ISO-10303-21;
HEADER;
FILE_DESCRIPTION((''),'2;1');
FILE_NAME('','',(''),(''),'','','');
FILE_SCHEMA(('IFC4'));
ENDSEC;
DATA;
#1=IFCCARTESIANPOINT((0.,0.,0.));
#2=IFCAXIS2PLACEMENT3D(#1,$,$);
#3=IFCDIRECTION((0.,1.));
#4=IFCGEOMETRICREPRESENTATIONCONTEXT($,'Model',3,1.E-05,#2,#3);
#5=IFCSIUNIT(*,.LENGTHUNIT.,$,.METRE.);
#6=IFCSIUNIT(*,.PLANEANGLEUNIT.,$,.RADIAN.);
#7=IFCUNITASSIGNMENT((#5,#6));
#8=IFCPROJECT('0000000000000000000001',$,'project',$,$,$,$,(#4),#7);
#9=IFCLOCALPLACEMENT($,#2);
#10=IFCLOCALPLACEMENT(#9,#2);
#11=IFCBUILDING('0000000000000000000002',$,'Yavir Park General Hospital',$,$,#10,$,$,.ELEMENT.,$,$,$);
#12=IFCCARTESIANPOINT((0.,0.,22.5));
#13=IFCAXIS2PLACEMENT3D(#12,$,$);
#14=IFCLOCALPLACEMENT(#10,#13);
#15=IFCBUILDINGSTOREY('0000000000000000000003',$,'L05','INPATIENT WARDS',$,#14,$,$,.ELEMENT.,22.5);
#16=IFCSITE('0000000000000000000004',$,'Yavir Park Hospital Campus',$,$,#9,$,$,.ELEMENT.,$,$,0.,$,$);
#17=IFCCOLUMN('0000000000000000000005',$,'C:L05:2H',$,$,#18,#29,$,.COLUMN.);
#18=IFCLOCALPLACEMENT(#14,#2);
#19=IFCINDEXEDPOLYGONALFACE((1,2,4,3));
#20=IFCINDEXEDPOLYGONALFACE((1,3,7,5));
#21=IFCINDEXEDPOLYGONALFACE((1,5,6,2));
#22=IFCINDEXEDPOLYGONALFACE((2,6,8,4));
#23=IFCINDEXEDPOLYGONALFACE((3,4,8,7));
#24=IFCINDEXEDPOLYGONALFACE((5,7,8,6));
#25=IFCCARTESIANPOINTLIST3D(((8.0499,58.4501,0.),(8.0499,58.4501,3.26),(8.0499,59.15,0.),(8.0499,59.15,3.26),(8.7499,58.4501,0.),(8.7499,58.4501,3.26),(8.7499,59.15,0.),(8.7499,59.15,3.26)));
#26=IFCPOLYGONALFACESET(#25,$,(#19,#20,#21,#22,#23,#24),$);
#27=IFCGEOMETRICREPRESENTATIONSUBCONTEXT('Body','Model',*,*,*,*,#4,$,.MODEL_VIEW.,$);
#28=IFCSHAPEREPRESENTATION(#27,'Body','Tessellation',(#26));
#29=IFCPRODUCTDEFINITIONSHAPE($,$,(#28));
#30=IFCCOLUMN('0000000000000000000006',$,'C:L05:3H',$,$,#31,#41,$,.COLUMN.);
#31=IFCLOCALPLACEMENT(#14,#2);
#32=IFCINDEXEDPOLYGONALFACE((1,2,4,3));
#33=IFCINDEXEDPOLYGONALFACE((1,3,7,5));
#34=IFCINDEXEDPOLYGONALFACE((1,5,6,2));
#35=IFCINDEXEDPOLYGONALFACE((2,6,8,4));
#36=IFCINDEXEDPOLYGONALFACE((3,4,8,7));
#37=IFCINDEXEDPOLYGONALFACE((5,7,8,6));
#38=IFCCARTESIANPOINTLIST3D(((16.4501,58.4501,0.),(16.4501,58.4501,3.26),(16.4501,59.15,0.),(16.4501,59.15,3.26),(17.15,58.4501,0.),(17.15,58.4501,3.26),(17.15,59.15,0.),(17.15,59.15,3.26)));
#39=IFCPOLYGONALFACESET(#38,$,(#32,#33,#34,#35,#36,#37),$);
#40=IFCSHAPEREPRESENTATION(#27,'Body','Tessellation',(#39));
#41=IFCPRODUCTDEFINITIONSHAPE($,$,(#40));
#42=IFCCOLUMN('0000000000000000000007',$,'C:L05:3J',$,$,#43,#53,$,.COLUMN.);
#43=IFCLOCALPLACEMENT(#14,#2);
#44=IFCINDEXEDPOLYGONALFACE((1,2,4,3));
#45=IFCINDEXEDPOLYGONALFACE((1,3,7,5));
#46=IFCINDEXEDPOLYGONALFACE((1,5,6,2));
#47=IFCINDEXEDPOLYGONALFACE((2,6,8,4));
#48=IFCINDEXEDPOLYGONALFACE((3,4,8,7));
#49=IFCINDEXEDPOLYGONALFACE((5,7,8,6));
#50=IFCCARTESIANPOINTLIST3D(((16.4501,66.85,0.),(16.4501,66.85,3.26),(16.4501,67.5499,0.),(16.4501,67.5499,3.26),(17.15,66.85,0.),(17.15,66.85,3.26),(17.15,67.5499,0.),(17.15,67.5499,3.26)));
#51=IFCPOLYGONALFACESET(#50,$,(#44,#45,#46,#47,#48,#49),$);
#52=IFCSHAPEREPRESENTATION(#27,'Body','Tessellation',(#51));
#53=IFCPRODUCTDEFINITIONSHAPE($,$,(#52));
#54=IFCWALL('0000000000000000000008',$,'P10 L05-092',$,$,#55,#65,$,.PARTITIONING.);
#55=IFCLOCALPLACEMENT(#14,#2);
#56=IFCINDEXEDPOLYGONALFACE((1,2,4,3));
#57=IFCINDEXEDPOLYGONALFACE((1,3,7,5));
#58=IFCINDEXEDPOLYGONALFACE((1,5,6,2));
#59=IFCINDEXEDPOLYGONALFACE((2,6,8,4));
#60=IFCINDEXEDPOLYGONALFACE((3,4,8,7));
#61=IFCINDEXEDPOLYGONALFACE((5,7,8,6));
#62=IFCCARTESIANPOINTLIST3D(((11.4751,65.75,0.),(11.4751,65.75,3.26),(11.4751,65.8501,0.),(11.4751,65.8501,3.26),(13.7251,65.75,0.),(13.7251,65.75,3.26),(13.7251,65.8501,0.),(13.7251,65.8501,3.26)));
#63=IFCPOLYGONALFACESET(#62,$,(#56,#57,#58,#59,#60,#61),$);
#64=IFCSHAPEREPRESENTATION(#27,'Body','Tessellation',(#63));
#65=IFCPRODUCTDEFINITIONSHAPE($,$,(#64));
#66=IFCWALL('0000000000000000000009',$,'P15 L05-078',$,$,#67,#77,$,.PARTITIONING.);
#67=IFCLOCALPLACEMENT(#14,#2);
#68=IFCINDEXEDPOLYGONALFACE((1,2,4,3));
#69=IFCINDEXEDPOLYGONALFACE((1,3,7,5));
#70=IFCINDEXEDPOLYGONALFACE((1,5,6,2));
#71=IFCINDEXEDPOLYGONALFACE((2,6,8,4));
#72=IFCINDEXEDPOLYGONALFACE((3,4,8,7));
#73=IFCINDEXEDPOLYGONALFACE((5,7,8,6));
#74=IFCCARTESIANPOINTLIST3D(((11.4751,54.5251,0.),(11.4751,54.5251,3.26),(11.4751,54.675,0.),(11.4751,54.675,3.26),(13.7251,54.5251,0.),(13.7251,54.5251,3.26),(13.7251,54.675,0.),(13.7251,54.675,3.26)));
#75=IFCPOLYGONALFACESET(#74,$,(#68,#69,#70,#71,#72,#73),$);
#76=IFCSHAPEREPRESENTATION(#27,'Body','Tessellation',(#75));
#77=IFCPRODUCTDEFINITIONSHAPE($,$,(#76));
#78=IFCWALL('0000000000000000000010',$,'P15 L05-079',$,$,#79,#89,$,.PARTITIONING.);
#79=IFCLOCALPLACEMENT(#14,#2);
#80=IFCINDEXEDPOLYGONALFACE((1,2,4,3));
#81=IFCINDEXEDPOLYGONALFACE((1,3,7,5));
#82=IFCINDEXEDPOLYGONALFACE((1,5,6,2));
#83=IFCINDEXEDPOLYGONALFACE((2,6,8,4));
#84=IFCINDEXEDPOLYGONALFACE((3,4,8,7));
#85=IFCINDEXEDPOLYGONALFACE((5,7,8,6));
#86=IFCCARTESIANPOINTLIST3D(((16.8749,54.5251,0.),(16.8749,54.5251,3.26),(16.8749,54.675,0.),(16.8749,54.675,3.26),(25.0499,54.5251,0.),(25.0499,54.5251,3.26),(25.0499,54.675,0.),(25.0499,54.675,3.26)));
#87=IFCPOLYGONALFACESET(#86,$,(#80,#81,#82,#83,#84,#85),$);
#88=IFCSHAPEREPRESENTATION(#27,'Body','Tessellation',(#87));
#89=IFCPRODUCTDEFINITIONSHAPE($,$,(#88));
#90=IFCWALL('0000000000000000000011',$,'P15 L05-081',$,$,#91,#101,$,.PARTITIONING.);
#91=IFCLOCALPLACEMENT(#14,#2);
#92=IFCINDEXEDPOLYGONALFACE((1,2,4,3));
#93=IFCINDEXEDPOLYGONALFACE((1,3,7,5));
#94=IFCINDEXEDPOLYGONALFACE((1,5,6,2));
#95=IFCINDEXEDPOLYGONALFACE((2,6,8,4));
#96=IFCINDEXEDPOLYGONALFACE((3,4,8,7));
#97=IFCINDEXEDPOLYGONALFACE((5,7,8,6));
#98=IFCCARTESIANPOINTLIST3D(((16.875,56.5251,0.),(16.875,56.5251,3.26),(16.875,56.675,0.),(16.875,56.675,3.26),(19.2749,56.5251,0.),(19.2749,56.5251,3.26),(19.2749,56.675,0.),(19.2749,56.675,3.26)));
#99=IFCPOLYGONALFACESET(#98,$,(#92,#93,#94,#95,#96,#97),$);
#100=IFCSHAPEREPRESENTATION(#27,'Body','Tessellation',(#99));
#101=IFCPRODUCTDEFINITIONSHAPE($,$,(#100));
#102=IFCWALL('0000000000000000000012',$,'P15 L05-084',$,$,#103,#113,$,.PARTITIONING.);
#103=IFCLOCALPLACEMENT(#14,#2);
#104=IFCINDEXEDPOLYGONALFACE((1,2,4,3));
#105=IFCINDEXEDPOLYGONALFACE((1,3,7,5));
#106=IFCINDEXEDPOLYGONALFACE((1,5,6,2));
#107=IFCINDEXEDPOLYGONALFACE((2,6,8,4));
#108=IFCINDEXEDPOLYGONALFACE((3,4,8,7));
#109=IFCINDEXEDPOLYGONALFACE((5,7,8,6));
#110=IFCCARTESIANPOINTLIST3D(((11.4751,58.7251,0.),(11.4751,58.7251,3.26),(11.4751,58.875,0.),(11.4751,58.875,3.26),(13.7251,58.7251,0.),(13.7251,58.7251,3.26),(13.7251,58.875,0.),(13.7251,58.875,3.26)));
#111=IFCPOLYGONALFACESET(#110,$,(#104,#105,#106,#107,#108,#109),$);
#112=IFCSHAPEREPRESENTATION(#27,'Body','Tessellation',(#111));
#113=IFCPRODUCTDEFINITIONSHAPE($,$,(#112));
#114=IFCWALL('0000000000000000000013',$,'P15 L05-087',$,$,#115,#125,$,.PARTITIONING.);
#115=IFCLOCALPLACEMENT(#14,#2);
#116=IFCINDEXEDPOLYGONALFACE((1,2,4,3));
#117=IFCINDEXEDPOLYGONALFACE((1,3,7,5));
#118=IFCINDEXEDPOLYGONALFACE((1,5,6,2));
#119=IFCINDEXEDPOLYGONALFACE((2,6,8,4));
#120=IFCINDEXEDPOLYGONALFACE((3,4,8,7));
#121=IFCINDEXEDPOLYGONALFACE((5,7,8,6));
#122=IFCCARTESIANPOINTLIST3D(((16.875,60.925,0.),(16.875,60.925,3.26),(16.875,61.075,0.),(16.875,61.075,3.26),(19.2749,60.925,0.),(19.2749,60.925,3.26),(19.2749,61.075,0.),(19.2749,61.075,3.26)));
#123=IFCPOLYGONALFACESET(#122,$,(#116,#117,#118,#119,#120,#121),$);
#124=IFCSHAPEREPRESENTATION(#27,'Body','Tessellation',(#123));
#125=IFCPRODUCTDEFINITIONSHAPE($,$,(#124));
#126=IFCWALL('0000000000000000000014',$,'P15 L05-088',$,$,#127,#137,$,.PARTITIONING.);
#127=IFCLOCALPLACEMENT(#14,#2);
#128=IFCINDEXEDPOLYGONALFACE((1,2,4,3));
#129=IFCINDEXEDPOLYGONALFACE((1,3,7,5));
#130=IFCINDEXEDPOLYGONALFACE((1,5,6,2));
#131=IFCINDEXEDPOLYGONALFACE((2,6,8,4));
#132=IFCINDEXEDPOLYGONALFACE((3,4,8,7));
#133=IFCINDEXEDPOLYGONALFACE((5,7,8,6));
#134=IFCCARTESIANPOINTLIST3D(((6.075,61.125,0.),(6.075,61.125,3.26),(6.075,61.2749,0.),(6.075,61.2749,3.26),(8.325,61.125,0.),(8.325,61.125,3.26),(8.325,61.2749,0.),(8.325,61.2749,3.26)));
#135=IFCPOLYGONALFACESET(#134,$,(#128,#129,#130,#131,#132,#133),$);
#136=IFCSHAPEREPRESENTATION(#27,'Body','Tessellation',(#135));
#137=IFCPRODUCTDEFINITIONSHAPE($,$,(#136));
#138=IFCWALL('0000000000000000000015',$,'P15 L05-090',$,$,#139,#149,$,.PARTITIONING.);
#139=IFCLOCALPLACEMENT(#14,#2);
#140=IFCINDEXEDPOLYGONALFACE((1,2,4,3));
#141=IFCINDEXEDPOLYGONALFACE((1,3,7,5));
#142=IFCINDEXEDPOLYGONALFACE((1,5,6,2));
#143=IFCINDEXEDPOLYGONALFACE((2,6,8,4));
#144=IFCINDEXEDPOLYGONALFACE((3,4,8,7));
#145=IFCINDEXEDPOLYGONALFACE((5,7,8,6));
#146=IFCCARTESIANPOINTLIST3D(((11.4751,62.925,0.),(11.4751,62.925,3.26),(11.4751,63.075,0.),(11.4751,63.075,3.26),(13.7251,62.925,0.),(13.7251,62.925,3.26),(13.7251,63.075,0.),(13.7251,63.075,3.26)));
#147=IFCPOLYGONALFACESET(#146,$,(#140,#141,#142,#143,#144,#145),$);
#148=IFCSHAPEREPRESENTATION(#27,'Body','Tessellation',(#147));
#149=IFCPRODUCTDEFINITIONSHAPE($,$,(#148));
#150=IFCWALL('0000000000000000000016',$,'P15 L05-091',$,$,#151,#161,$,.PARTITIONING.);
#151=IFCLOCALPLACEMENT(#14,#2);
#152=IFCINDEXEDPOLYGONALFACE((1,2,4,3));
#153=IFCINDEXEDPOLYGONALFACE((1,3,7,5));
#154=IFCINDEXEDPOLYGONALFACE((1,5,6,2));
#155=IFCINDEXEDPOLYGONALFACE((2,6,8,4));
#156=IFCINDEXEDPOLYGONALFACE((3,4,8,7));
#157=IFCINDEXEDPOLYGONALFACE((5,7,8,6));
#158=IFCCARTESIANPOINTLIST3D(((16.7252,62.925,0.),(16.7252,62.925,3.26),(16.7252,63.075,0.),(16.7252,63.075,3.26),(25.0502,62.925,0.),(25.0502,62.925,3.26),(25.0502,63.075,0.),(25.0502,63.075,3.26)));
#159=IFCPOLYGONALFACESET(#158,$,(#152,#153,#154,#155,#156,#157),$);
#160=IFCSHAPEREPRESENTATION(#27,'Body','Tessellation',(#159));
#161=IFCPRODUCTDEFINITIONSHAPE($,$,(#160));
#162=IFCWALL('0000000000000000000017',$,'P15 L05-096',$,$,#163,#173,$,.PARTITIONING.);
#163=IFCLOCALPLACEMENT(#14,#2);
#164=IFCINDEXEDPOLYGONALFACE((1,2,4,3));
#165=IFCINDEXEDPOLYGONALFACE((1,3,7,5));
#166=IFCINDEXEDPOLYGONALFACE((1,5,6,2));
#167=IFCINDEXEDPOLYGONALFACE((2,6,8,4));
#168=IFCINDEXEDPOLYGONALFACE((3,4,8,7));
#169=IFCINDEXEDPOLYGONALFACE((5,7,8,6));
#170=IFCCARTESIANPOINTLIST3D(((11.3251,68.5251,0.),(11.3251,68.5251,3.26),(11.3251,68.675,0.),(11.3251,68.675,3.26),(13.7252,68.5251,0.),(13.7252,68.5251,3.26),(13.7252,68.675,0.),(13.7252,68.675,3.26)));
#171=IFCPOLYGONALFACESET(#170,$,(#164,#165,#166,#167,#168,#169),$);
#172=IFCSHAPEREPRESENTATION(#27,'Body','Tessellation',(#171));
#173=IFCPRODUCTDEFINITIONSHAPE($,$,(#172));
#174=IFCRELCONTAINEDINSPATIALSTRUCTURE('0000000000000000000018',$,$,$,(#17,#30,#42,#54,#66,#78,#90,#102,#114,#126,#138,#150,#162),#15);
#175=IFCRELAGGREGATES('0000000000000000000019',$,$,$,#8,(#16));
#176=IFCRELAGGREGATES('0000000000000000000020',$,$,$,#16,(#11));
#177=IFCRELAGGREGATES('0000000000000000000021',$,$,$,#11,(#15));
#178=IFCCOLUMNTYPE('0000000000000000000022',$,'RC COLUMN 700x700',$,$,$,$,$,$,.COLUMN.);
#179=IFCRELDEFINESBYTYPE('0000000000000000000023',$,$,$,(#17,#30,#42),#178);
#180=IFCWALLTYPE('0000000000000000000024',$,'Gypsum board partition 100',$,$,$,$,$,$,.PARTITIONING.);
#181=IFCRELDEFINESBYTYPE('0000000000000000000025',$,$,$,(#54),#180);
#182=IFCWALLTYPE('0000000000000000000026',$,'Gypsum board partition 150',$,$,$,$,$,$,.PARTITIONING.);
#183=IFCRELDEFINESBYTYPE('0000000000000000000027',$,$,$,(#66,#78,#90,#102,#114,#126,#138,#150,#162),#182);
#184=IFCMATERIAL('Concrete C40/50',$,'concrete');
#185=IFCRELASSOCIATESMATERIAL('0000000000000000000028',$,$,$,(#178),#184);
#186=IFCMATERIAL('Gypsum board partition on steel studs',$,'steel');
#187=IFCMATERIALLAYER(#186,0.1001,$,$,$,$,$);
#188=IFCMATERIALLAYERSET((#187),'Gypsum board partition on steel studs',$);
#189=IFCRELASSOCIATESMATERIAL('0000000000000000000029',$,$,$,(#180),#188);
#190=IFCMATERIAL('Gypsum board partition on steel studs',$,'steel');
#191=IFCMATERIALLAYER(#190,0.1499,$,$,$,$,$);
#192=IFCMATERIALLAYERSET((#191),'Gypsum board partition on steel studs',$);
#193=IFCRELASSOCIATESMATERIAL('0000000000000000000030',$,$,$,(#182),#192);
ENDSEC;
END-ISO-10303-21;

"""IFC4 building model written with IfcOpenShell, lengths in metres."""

from ifc_helpers import new_model, si_unit, direction, frame, frame_2d, origin, origin_2d, place, context, subcontext, project, spatial, rectangle, extrude, material, layer, layer_set, material_profile, profile_set, type_object, element, save


model = new_model("IFC4")

# Units and contexts
model_context = context("Model", 3, precision=1e-05, world=origin(), true_north=direction((0.0, 1.0)))
body_context = subcontext(model_context, "Body", "Model", "MODEL_VIEW")
ifc_project = project(units=[si_unit("LENGTHUNIT", "METRE"), si_unit("PLANEANGLEUNIT", "RADIAN")], contexts=[model_context])

# Site, building, storey
site_placement = place(None, origin())
site = spatial("IfcSite", under=ifc_project, at=site_placement, Name="Yavir Park Hospital Campus", CompositionType="ELEMENT", RefElevation=0.0)
building_placement = place(site_placement, origin())
building = spatial("IfcBuilding", under=site, at=building_placement, Name="Yavir Park General Hospital", CompositionType="ELEMENT")
storey_placement = place(building_placement, frame((0.0, 0.0, 22.5)))
storey = spatial("IfcBuildingStorey", under=building, at=storey_placement, Name="L05", Description="INPATIENT WARDS", CompositionType="ELEMENT", Elevation=22.5)

# Columns
ifc_material_1 = material(Name="Concrete C40/50", Category="concrete")
ifc_material_profile = material_profile(ifc_material_1, rectangle(XDim=0.7, YDim=0.7, at=origin_2d()), Name="RC700x700")
ifc_profile_set = profile_set([ifc_material_profile], Name="Concrete C40/50")
column_type = type_object("IfcColumnType", Name="RC COLUMN 700x700", PredefinedType="COLUMN", material=ifc_profile_set)
for number, where, z_axis, x_axis, name in (
    (1, (8.3999, 58.8, 0.0), (0.0, 0.0, 1.0), (1.0, 0.0, 0.0), "C:L05:2H"),
    (2, (16.8, 58.8, 0.0), (0.0, 0.0, 1.0), (1.0, 0.0, 0.0), "C:L05:3H"),
    (3, (16.8, 67.2, 0.0), (0.0, 0.0, 1.0), (1.0, 0.0, 0.0), "C:L05:3J"),
):
    element("IfcColumn", number, at=place(storey_placement, frame(where, z_axis=z_axis, x_axis=x_axis)), inside=storey, type_object=column_type, Name=name, PredefinedType="COLUMN", context=body_context, shape_type="SweptSolid", body=[
        extrude(rectangle(XDim=0.7, YDim=0.7, at=origin_2d()), origin(), (0.0, 0.0, 1.0), 3.26),
    ])

# Walls
ifc_material_2 = material(Name="Gypsum board partition on steel studs", Category="steel")
ifc_layer_1 = layer(ifc_material_2, 0.1001)
ifc_layer_set_1 = layer_set([ifc_layer_1], Name="Gypsum board partition on steel studs")
wall_type_1 = type_object("IfcWallType", Name="Gypsum board partition 100", PredefinedType="PARTITIONING", material=ifc_layer_set_1)
wall_1_placement = place(storey_placement, frame((11.4751, 65.8, 0.0), z_axis=(0.0, 0.0, 1.0), x_axis=(1.0, 0.0, 0.0)))
element("IfcWall", 4, at=wall_1_placement, inside=storey, type_object=wall_type_1, Name="P10 L05-092", PredefinedType="PARTITIONING", context=body_context, shape_type="SweptSolid", body=[
    extrude(rectangle(XDim=2.25, YDim=0.1001, at=frame_2d((1.125, 0.0))), origin(), (0.0, 0.0, 1.0), 3.26),
])
ifc_material_3 = material(Name="Gypsum board partition on steel studs", Category="steel")
ifc_layer_2 = layer(ifc_material_3, 0.1499)
ifc_layer_set_2 = layer_set([ifc_layer_2], Name="Gypsum board partition on steel studs")
wall_type_2 = type_object("IfcWallType", Name="Gypsum board partition 150", PredefinedType="PARTITIONING", material=ifc_layer_set_2)
wall_2_placement = place(storey_placement, frame((11.4751, 54.6001, 0.0), z_axis=(0.0, 0.0, 1.0), x_axis=(1.0, 0.0, 0.0)))
element("IfcWall", 5, at=wall_2_placement, inside=storey, type_object=wall_type_2, Name="P15 L05-078", PredefinedType="PARTITIONING", context=body_context, shape_type="SweptSolid", body=[
    extrude(rectangle(XDim=2.25, YDim=0.1499, at=frame_2d((1.125, 0.0))), origin(), (0.0, 0.0, 1.0), 3.26),
])
wall_3_placement = place(storey_placement, frame((16.875, 54.6001, 0.0), z_axis=(0.0, 0.0, 1.0), x_axis=(1.0, 0.0, 0.0)))
element("IfcWall", 6, at=wall_3_placement, inside=storey, type_object=wall_type_2, Name="P15 L05-079", PredefinedType="PARTITIONING", context=body_context, shape_type="SweptSolid", body=[
    extrude(rectangle(XDim=8.175, YDim=0.1499, at=frame_2d((4.0874, 0.0))), origin(), (0.0, 0.0, 1.0), 3.26),
])
wall_4_placement = place(storey_placement, frame((16.875, 56.6001, 0.0), z_axis=(0.0, 0.0, 1.0), x_axis=(1.0, 0.0, 0.0)))
element("IfcWall", 7, at=wall_4_placement, inside=storey, type_object=wall_type_2, Name="P15 L05-081", PredefinedType="PARTITIONING", context=body_context, shape_type="SweptSolid", body=[
    extrude(rectangle(XDim=2.3999, YDim=0.1499, at=frame_2d((1.2, 0.0))), origin(), (0.0, 0.0, 1.0), 3.26),
])
wall_5_placement = place(storey_placement, frame((11.4751, 58.8, 0.0), z_axis=(0.0, 0.0, 1.0), x_axis=(1.0, 0.0, 0.0)))
element("IfcWall", 8, at=wall_5_placement, inside=storey, type_object=wall_type_2, Name="P15 L05-084", PredefinedType="PARTITIONING", context=body_context, shape_type="SweptSolid", body=[
    extrude(rectangle(XDim=2.25, YDim=0.1499, at=frame_2d((1.125, 0.0))), origin(), (0.0, 0.0, 1.0), 3.26),
])
wall_6_placement = place(storey_placement, frame((16.875, 61.0, 0.0), z_axis=(0.0, 0.0, 1.0), x_axis=(1.0, 0.0, 0.0)))
element("IfcWall", 9, at=wall_6_placement, inside=storey, type_object=wall_type_2, Name="P15 L05-087", PredefinedType="PARTITIONING", context=body_context, shape_type="SweptSolid", body=[
    extrude(rectangle(XDim=2.3999, YDim=0.1499, at=frame_2d((1.2, 0.0))), origin(), (0.0, 0.0, 1.0), 3.26),
])
for number, where, z_axis, x_axis, name in (
    (10, (6.075, 61.2, 0.0), (0.0, 0.0, 1.0), (1.0, 0.0, 0.0), "P15 L05-088"),
    (11, (11.4751, 63.0, 0.0), (0.0, 0.0, 1.0), (1.0, 0.0, 0.0), "P15 L05-090"),
):
    element("IfcWall", number, at=place(storey_placement, frame(where, z_axis=z_axis, x_axis=x_axis)), inside=storey, type_object=wall_type_2, Name=name, PredefinedType="PARTITIONING", context=body_context, shape_type="SweptSolid", body=[
        extrude(rectangle(XDim=2.25, YDim=0.1499, at=frame_2d((1.125, 0.0))), origin(), (0.0, 0.0, 1.0), 3.26),
    ])
wall_7_placement = place(storey_placement, frame((16.7251, 63.0, 0.0), z_axis=(0.0, 0.0, 1.0), x_axis=(1.0, 0.0, 0.0)))
element("IfcWall", 12, at=wall_7_placement, inside=storey, type_object=wall_type_2, Name="P15 L05-091", PredefinedType="PARTITIONING", context=body_context, shape_type="SweptSolid", body=[
    extrude(rectangle(XDim=8.325, YDim=0.1499, at=frame_2d((4.1626, 0.0))), origin(), (0.0, 0.0, 1.0), 3.26),
])
wall_8_placement = place(storey_placement, frame((11.325, 68.6001, 0.0), z_axis=(0.0, 0.0, 1.0), x_axis=(1.0, 0.0, 0.0)))
element("IfcWall", 13, at=wall_8_placement, inside=storey, type_object=wall_type_2, Name="P15 L05-096", PredefinedType="PARTITIONING", context=body_context, shape_type="SweptSolid", body=[
    extrude(rectangle(XDim=2.4001, YDim=0.1499, at=frame_2d((1.2002, 0.0))), origin(), (0.0, 0.0, 1.0), 3.26),
])

save(model, "model.ifc")
